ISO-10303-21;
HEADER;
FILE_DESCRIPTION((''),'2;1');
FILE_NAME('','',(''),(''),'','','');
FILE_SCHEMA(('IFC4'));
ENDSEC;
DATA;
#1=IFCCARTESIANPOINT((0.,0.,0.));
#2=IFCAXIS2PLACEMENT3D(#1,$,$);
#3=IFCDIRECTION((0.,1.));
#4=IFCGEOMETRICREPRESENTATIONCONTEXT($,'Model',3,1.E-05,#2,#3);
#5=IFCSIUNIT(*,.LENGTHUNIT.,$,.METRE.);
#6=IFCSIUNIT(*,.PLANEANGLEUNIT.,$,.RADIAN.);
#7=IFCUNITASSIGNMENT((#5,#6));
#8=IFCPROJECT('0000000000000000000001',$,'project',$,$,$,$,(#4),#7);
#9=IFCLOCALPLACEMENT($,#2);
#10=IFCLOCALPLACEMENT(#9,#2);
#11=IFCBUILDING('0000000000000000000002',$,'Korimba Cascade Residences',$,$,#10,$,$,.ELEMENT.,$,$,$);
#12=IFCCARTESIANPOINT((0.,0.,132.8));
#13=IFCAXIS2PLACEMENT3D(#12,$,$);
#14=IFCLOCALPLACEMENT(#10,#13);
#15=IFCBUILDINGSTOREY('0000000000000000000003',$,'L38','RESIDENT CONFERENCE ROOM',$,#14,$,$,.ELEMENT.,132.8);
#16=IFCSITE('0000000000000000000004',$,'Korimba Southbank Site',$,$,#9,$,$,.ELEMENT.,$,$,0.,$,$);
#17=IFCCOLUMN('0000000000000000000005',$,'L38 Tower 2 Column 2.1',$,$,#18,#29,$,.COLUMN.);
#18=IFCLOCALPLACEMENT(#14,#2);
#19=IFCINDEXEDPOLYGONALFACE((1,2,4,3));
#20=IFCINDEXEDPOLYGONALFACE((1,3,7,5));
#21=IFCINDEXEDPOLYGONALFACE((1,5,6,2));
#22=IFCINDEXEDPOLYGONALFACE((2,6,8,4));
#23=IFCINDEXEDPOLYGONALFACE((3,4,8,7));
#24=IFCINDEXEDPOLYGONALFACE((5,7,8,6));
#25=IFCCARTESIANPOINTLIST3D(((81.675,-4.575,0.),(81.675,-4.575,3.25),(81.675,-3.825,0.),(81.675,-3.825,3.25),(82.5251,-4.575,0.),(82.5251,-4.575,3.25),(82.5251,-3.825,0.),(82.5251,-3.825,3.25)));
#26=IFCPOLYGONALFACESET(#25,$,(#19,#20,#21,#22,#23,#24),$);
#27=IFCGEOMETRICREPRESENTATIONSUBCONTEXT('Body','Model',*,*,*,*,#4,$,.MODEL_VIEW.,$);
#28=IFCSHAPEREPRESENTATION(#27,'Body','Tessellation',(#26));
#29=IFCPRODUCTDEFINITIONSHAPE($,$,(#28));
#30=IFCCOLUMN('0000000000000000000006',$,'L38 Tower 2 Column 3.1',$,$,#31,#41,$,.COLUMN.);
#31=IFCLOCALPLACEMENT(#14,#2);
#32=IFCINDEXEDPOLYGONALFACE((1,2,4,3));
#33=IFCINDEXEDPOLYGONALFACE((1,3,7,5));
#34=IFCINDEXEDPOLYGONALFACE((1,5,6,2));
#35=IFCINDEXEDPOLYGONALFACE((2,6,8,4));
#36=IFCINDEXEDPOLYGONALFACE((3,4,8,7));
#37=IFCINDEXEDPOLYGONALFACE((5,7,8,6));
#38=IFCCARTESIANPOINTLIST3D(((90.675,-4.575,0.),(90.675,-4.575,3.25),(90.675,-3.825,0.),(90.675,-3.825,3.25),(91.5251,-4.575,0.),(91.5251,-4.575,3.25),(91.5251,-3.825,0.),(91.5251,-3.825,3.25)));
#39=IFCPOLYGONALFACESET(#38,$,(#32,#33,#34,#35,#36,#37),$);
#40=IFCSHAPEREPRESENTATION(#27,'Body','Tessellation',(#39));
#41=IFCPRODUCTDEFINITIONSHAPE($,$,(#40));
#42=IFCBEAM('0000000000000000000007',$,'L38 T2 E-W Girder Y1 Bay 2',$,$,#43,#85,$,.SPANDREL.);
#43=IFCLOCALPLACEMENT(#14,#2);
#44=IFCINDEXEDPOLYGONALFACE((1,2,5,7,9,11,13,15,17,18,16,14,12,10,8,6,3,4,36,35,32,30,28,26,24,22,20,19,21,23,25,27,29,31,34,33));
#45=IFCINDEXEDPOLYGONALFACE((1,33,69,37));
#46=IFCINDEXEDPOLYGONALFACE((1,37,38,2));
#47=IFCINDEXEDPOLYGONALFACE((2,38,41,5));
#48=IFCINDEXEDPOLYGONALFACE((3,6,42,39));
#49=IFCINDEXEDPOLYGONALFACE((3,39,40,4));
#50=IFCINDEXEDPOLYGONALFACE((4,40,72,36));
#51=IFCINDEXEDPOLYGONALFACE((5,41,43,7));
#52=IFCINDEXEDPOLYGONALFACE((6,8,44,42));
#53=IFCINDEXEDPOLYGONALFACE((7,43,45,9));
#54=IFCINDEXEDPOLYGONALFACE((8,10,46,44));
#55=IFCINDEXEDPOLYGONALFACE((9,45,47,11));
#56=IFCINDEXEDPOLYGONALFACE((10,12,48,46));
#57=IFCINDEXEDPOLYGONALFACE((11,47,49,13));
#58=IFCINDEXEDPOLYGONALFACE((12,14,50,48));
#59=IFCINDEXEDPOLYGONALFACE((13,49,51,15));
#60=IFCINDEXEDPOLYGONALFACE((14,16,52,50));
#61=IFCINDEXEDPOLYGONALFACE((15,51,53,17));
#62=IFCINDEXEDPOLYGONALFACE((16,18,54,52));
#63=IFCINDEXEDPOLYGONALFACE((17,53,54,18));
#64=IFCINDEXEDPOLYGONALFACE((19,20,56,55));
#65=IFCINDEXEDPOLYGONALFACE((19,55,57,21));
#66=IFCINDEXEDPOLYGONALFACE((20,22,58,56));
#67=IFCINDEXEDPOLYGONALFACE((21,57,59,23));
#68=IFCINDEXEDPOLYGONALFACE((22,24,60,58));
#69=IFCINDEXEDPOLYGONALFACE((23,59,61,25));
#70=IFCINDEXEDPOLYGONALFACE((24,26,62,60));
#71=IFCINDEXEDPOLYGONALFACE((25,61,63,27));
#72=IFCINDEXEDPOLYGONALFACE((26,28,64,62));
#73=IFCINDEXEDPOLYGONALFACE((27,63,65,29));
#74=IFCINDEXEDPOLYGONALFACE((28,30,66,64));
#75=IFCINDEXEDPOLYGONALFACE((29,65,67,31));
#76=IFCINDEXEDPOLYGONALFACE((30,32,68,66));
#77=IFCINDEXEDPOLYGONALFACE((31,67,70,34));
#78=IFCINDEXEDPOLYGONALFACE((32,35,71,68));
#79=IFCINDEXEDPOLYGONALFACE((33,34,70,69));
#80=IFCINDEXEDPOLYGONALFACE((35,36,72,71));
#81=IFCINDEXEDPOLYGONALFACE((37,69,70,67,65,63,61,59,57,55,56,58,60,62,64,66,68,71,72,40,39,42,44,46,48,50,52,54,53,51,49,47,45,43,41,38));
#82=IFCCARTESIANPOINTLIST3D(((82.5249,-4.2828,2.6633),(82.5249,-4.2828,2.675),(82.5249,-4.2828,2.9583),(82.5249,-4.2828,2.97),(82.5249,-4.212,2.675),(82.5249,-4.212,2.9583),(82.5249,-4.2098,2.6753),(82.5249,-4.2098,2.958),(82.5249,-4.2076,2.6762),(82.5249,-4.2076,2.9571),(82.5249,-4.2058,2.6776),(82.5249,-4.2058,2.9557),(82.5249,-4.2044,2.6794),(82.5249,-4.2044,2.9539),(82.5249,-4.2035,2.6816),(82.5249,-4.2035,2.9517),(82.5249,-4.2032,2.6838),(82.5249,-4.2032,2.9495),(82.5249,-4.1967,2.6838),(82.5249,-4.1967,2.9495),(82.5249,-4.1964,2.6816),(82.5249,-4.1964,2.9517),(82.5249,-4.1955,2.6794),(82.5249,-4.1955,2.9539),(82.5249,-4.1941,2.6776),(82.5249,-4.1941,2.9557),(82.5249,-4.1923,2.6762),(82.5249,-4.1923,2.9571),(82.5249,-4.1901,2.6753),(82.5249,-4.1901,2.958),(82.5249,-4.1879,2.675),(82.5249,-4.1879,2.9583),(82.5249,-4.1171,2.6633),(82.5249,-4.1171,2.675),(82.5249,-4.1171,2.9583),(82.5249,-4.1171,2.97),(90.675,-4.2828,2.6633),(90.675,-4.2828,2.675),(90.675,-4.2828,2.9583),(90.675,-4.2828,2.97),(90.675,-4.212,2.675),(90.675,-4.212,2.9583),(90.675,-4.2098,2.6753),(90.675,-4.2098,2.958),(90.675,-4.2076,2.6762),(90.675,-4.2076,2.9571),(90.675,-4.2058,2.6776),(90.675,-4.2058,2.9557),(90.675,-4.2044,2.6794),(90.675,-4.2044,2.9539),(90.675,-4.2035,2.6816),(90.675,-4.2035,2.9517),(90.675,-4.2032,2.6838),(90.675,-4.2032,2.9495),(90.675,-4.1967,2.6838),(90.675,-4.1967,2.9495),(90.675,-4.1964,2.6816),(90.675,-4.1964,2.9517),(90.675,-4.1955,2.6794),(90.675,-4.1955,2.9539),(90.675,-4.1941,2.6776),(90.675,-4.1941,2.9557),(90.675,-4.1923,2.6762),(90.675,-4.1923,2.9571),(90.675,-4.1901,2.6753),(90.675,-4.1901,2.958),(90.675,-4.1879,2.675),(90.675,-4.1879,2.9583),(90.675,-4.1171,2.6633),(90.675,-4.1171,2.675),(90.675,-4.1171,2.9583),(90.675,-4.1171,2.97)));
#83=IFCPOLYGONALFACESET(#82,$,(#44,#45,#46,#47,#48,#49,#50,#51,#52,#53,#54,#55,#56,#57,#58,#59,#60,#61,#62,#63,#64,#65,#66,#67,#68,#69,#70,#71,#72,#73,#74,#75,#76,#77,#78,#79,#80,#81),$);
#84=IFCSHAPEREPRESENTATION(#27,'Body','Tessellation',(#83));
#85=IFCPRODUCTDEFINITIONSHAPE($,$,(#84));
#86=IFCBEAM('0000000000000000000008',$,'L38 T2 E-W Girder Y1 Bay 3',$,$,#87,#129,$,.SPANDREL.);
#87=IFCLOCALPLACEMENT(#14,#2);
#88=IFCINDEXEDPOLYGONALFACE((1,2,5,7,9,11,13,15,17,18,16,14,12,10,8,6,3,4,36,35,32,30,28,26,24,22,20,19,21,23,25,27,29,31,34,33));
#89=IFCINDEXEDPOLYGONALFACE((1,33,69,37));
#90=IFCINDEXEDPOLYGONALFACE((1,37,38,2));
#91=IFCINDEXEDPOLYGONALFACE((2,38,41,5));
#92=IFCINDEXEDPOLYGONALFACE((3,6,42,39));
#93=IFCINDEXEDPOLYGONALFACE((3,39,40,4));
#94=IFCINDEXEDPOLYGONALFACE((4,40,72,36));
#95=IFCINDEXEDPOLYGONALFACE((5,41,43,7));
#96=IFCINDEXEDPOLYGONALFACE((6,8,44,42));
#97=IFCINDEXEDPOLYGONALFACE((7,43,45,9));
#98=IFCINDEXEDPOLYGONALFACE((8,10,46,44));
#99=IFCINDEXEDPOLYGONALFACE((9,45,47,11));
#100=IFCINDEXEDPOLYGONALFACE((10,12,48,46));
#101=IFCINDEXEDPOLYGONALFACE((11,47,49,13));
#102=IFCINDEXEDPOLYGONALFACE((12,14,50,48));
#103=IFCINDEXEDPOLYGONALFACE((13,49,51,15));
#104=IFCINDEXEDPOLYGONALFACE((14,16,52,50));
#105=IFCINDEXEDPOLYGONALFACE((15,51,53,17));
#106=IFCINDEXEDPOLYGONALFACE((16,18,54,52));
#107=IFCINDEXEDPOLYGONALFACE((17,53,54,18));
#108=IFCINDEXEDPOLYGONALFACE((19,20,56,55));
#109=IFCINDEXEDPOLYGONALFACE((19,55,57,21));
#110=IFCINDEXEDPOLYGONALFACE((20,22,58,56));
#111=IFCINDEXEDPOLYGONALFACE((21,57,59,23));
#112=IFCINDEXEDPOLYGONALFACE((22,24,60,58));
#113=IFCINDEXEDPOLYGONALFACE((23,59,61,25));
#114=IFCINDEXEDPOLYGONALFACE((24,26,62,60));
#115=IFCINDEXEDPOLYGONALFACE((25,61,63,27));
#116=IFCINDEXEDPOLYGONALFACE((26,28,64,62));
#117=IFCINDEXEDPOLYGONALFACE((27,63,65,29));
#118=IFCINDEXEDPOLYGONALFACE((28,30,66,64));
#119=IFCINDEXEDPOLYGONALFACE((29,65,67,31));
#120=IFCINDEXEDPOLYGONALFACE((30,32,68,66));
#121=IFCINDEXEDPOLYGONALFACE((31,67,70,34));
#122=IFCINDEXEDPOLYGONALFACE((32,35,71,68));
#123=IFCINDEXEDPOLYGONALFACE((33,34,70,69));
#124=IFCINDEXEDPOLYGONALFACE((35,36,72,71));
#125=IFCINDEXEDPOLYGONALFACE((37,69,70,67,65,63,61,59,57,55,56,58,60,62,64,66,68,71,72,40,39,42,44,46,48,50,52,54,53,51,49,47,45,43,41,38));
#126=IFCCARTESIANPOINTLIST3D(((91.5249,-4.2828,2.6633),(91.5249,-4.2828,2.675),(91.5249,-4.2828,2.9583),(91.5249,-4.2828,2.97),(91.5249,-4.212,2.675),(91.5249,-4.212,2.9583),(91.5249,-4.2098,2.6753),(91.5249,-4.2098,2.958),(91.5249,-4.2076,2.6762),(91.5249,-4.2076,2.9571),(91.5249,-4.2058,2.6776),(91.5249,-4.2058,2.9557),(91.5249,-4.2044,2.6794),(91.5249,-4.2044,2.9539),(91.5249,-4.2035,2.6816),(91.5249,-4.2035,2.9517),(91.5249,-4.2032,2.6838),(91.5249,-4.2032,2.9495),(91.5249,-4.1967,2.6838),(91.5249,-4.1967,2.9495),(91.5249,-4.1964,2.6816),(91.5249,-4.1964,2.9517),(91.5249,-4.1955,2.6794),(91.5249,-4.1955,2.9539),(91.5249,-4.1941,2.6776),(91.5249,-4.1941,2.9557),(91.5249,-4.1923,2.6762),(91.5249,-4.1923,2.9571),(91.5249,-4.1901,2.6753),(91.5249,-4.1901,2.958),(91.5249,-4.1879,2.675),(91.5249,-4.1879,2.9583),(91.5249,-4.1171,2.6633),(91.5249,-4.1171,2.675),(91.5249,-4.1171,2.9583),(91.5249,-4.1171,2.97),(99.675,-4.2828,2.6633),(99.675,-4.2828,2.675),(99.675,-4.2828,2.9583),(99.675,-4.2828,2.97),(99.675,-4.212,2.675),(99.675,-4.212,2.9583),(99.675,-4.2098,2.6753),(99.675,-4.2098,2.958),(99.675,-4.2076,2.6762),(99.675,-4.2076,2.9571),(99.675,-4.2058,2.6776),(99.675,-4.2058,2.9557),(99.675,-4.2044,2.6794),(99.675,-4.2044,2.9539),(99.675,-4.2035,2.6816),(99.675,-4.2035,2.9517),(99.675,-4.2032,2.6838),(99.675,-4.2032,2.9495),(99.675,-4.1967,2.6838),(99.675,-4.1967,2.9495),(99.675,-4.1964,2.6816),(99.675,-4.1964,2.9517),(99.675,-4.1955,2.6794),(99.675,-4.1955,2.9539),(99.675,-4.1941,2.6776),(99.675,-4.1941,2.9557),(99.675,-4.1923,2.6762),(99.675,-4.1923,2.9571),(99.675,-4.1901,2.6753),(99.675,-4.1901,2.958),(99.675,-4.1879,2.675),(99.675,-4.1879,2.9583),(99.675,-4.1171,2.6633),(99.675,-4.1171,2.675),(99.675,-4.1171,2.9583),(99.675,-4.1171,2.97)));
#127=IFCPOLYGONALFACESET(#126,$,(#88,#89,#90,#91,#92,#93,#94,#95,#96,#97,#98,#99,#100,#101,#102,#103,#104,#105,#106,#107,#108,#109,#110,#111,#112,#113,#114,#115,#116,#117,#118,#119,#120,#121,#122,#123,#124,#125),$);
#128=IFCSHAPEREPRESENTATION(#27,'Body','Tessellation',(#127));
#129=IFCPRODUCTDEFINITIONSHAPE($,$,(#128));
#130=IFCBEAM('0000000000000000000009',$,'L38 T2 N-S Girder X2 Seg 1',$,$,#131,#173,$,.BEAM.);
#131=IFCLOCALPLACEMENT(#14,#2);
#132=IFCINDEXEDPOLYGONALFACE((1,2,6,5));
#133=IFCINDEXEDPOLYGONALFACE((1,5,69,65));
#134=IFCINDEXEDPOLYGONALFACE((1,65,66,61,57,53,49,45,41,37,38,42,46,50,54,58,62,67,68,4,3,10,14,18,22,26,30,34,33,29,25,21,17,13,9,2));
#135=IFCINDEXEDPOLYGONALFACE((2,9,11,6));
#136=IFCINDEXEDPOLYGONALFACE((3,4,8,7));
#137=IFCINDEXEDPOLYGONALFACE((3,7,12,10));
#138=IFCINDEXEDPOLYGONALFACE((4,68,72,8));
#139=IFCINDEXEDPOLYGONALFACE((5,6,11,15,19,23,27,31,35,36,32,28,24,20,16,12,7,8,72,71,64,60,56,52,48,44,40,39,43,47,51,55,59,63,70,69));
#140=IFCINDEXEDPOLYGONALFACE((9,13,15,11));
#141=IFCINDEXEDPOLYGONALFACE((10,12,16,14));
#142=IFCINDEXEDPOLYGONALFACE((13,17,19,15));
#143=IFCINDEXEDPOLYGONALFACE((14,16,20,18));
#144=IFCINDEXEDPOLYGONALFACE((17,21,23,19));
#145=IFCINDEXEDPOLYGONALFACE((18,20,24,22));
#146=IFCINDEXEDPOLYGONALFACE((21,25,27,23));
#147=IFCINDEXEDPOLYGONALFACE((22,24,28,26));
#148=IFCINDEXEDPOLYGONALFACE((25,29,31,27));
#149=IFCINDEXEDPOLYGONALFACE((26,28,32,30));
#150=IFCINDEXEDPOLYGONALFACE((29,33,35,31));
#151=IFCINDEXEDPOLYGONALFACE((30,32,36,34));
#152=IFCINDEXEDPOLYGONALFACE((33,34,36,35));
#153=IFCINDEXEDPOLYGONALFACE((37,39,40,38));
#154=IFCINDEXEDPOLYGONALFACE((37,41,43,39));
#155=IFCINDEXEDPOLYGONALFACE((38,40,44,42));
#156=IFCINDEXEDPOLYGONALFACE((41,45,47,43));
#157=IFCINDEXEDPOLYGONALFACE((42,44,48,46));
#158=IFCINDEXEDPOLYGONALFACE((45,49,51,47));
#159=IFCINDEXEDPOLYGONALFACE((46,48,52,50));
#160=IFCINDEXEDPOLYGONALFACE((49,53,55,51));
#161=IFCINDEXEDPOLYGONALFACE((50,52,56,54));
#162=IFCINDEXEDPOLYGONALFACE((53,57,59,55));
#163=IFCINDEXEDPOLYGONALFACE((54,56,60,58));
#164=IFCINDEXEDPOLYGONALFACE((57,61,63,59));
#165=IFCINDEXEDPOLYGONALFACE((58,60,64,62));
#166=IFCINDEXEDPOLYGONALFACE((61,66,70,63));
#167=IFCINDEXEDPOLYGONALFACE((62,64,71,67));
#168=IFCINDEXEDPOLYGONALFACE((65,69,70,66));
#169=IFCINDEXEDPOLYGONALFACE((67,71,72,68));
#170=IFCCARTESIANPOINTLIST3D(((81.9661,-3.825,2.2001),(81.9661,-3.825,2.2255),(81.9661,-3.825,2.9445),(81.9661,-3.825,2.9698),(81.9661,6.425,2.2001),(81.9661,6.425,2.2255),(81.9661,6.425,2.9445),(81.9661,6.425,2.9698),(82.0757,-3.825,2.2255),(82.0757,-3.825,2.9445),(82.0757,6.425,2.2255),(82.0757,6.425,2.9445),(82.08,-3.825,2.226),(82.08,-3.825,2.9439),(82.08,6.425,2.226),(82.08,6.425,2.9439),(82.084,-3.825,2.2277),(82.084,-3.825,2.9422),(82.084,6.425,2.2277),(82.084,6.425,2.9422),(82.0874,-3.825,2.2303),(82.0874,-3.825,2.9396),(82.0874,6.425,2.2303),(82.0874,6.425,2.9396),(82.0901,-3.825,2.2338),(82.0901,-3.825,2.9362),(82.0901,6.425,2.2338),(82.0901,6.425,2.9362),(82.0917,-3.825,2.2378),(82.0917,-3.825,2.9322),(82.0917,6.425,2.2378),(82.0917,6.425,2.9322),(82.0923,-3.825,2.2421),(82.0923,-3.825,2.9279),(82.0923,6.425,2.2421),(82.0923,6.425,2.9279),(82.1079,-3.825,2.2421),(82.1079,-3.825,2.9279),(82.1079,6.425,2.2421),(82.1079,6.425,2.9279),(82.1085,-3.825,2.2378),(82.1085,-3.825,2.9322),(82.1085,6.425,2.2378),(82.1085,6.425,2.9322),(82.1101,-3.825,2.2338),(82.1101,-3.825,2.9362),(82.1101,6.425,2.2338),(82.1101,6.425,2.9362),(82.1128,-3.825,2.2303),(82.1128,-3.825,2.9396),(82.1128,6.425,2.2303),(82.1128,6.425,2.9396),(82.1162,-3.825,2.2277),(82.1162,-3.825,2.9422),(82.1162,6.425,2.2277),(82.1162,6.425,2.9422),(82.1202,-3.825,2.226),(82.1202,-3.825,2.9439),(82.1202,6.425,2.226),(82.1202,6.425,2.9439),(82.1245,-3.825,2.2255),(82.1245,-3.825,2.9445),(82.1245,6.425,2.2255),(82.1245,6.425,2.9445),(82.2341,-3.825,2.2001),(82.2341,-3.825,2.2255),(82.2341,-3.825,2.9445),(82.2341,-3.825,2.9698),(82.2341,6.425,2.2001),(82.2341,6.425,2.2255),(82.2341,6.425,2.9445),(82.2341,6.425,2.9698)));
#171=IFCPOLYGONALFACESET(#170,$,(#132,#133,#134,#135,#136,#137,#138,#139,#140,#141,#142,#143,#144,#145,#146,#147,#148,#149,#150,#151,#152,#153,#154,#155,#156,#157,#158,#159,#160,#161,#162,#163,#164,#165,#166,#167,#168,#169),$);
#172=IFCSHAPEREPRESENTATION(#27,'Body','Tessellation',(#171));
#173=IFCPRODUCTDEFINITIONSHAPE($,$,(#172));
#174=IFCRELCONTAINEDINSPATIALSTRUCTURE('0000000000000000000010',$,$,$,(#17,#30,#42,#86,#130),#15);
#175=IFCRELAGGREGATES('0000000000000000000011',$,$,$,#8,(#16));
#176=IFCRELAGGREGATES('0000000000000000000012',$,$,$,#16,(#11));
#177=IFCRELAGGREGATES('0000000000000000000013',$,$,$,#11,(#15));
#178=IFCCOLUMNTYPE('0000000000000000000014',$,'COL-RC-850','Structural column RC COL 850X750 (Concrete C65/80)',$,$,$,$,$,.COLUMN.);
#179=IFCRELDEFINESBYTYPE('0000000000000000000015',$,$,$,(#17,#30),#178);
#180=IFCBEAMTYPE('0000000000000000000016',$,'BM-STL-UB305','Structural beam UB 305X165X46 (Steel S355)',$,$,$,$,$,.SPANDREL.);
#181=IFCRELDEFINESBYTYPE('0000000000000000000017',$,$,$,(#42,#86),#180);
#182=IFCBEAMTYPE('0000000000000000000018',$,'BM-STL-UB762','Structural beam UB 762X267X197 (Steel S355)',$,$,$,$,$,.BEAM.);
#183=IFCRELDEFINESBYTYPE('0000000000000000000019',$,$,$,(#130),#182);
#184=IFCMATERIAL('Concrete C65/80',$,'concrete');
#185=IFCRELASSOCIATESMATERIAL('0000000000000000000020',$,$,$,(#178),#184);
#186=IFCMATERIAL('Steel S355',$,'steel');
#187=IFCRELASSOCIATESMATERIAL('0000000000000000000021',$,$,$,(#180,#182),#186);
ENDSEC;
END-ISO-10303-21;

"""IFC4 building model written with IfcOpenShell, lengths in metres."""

from ifc_helpers import new_model, si_unit, direction, frame, origin, origin_2d, place, context, subcontext, project, spatial, rectangle, i_section, extrude, material, material_profile, profile_set, type_object, element, save


model = new_model("IFC4")

# Units and contexts
model_context = context("Model", 3, precision=1e-05, world=origin(), true_north=direction((0.0, 1.0)))
body_context = subcontext(model_context, "Body", "Model", "MODEL_VIEW")
ifc_project = project(units=[si_unit("LENGTHUNIT", "METRE"), si_unit("PLANEANGLEUNIT", "RADIAN")], contexts=[model_context])

# Site, building, storey
site_placement = place(None, origin())
site = spatial("IfcSite", under=ifc_project, at=site_placement, Name="Korimba Southbank Site", CompositionType="ELEMENT", RefElevation=0.0)
building_placement = place(site_placement, origin())
building = spatial("IfcBuilding", under=site, at=building_placement, Name="Korimba Cascade Residences", CompositionType="ELEMENT")
storey_placement = place(building_placement, frame((0.0, 0.0, 132.8)))
storey = spatial("IfcBuildingStorey", under=building, at=storey_placement, Name="L38", Description="RESIDENT CONFERENCE ROOM", CompositionType="ELEMENT", Elevation=132.8)

# Columns
ifc_material_1 = material(Name="Concrete C65/80", Category="concrete")
ifc_material_profile_1 = material_profile(ifc_material_1, rectangle(XDim=0.8501, YDim=0.75, at=origin_2d()), Name="Concrete C65/80")
ifc_profile_set_1 = profile_set([ifc_material_profile_1], Name="Concrete C65/80")
column_type = type_object("IfcColumnType", Name="COL-RC-850", Description="Structural column RC COL 850X750 (Concrete C65/80)", PredefinedType="COLUMN", material=ifc_profile_set_1)
for number, where, z_axis, x_axis, name in (
    (1, (82.1001, -4.2, 0.0), (0.0, 0.0, 1.0), (1.0, 0.0, 0.0), "L38 Tower 2 Column 2.1"),
    (2, (91.1001, -4.2, 0.0), (0.0, 0.0, 1.0), (1.0, 0.0, 0.0), "L38 Tower 2 Column 3.1"),
):
    element("IfcColumn", number, at=place(storey_placement, frame(where, z_axis=z_axis, x_axis=x_axis)), inside=storey, type_object=column_type, Name=name, PredefinedType="COLUMN", context=body_context, shape_type="SweptSolid", body=[
        extrude(rectangle(XDim=0.8501, YDim=0.75, at=origin_2d()), origin(), (0.0, 0.0, 1.0), 3.25),
    ])

# Beams
ifc_material_2 = material(Name="Steel S355", Category="steel")
ifc_material_profile_2 = material_profile(ifc_material_2, i_section(OverallWidth=0.1658, OverallDepth=0.3066, WebThickness=0.0066, FlangeThickness=0.0117, FilletRadius=0.0088, at=origin_2d()), Name="Steel S355")
ifc_profile_set_2 = profile_set([ifc_material_profile_2], Name="Steel S355")
beam_type_1 = type_object("IfcBeamType", Name="BM-STL-UB305", Description="Structural beam UB 305X165X46 (Steel S355)", PredefinedType="SPANDREL", material=ifc_profile_set_2)
for number, where, z_axis, x_axis, name in (
    (3, (82.5249, -4.2, 2.8167), (1.0, 0.0, 0.0), (0.0, 1.0, 0.0), "L38 T2 E-W Girder Y1 Bay 2"),
    (4, (91.5249, -4.2, 2.8167), (1.0, 0.0, 0.0), (0.0, 1.0, 0.0), "L38 T2 E-W Girder Y1 Bay 3"),
):
    element("IfcBeam", number, at=place(storey_placement, frame(where, z_axis=z_axis, x_axis=x_axis)), inside=storey, type_object=beam_type_1, Name=name, PredefinedType="SPANDREL", context=body_context, shape_type="SweptSolid", body=[
        extrude(i_section(OverallWidth=0.1658, OverallDepth=0.3066, WebThickness=0.0066, FlangeThickness=0.0117, FilletRadius=0.0088, at=origin_2d()), origin(), (0.0, 0.0, 1.0), 8.1501),
    ])
ifc_material_profile_3 = material_profile(ifc_material_2, i_section(OverallWidth=0.2681, OverallDepth=0.7698, WebThickness=0.0156, FlangeThickness=0.0254, FilletRadius=0.0166, at=origin_2d()), Name="Steel S355")
ifc_profile_set_3 = profile_set([ifc_material_profile_3], Name="Steel S355")
beam_type_2 = type_object("IfcBeamType", Name="BM-STL-UB762", Description="Structural beam UB 762X267X197 (Steel S355)", PredefinedType="BEAM", material=ifc_profile_set_3)
for number, where, z_axis, x_axis, name in (
    (5, (82.1001, -3.825, 2.585), (0.0, 1.0, 0.0), (-1.0, 0.0, 0.0), "L38 T2 N-S Girder X2 Seg 1"),
):
    element("IfcBeam", number, at=place(storey_placement, frame(where, z_axis=z_axis, x_axis=x_axis)), inside=storey, type_object=beam_type_2, Name=name, PredefinedType="BEAM", context=body_context, shape_type="SweptSolid", body=[
        extrude(i_section(OverallWidth=0.2681, OverallDepth=0.7698, WebThickness=0.0156, FlangeThickness=0.0254, FilletRadius=0.0166, at=origin_2d()), origin(), (0.0, 0.0, 1.0), 10.25),
    ])

save(model, "model.ifc")
